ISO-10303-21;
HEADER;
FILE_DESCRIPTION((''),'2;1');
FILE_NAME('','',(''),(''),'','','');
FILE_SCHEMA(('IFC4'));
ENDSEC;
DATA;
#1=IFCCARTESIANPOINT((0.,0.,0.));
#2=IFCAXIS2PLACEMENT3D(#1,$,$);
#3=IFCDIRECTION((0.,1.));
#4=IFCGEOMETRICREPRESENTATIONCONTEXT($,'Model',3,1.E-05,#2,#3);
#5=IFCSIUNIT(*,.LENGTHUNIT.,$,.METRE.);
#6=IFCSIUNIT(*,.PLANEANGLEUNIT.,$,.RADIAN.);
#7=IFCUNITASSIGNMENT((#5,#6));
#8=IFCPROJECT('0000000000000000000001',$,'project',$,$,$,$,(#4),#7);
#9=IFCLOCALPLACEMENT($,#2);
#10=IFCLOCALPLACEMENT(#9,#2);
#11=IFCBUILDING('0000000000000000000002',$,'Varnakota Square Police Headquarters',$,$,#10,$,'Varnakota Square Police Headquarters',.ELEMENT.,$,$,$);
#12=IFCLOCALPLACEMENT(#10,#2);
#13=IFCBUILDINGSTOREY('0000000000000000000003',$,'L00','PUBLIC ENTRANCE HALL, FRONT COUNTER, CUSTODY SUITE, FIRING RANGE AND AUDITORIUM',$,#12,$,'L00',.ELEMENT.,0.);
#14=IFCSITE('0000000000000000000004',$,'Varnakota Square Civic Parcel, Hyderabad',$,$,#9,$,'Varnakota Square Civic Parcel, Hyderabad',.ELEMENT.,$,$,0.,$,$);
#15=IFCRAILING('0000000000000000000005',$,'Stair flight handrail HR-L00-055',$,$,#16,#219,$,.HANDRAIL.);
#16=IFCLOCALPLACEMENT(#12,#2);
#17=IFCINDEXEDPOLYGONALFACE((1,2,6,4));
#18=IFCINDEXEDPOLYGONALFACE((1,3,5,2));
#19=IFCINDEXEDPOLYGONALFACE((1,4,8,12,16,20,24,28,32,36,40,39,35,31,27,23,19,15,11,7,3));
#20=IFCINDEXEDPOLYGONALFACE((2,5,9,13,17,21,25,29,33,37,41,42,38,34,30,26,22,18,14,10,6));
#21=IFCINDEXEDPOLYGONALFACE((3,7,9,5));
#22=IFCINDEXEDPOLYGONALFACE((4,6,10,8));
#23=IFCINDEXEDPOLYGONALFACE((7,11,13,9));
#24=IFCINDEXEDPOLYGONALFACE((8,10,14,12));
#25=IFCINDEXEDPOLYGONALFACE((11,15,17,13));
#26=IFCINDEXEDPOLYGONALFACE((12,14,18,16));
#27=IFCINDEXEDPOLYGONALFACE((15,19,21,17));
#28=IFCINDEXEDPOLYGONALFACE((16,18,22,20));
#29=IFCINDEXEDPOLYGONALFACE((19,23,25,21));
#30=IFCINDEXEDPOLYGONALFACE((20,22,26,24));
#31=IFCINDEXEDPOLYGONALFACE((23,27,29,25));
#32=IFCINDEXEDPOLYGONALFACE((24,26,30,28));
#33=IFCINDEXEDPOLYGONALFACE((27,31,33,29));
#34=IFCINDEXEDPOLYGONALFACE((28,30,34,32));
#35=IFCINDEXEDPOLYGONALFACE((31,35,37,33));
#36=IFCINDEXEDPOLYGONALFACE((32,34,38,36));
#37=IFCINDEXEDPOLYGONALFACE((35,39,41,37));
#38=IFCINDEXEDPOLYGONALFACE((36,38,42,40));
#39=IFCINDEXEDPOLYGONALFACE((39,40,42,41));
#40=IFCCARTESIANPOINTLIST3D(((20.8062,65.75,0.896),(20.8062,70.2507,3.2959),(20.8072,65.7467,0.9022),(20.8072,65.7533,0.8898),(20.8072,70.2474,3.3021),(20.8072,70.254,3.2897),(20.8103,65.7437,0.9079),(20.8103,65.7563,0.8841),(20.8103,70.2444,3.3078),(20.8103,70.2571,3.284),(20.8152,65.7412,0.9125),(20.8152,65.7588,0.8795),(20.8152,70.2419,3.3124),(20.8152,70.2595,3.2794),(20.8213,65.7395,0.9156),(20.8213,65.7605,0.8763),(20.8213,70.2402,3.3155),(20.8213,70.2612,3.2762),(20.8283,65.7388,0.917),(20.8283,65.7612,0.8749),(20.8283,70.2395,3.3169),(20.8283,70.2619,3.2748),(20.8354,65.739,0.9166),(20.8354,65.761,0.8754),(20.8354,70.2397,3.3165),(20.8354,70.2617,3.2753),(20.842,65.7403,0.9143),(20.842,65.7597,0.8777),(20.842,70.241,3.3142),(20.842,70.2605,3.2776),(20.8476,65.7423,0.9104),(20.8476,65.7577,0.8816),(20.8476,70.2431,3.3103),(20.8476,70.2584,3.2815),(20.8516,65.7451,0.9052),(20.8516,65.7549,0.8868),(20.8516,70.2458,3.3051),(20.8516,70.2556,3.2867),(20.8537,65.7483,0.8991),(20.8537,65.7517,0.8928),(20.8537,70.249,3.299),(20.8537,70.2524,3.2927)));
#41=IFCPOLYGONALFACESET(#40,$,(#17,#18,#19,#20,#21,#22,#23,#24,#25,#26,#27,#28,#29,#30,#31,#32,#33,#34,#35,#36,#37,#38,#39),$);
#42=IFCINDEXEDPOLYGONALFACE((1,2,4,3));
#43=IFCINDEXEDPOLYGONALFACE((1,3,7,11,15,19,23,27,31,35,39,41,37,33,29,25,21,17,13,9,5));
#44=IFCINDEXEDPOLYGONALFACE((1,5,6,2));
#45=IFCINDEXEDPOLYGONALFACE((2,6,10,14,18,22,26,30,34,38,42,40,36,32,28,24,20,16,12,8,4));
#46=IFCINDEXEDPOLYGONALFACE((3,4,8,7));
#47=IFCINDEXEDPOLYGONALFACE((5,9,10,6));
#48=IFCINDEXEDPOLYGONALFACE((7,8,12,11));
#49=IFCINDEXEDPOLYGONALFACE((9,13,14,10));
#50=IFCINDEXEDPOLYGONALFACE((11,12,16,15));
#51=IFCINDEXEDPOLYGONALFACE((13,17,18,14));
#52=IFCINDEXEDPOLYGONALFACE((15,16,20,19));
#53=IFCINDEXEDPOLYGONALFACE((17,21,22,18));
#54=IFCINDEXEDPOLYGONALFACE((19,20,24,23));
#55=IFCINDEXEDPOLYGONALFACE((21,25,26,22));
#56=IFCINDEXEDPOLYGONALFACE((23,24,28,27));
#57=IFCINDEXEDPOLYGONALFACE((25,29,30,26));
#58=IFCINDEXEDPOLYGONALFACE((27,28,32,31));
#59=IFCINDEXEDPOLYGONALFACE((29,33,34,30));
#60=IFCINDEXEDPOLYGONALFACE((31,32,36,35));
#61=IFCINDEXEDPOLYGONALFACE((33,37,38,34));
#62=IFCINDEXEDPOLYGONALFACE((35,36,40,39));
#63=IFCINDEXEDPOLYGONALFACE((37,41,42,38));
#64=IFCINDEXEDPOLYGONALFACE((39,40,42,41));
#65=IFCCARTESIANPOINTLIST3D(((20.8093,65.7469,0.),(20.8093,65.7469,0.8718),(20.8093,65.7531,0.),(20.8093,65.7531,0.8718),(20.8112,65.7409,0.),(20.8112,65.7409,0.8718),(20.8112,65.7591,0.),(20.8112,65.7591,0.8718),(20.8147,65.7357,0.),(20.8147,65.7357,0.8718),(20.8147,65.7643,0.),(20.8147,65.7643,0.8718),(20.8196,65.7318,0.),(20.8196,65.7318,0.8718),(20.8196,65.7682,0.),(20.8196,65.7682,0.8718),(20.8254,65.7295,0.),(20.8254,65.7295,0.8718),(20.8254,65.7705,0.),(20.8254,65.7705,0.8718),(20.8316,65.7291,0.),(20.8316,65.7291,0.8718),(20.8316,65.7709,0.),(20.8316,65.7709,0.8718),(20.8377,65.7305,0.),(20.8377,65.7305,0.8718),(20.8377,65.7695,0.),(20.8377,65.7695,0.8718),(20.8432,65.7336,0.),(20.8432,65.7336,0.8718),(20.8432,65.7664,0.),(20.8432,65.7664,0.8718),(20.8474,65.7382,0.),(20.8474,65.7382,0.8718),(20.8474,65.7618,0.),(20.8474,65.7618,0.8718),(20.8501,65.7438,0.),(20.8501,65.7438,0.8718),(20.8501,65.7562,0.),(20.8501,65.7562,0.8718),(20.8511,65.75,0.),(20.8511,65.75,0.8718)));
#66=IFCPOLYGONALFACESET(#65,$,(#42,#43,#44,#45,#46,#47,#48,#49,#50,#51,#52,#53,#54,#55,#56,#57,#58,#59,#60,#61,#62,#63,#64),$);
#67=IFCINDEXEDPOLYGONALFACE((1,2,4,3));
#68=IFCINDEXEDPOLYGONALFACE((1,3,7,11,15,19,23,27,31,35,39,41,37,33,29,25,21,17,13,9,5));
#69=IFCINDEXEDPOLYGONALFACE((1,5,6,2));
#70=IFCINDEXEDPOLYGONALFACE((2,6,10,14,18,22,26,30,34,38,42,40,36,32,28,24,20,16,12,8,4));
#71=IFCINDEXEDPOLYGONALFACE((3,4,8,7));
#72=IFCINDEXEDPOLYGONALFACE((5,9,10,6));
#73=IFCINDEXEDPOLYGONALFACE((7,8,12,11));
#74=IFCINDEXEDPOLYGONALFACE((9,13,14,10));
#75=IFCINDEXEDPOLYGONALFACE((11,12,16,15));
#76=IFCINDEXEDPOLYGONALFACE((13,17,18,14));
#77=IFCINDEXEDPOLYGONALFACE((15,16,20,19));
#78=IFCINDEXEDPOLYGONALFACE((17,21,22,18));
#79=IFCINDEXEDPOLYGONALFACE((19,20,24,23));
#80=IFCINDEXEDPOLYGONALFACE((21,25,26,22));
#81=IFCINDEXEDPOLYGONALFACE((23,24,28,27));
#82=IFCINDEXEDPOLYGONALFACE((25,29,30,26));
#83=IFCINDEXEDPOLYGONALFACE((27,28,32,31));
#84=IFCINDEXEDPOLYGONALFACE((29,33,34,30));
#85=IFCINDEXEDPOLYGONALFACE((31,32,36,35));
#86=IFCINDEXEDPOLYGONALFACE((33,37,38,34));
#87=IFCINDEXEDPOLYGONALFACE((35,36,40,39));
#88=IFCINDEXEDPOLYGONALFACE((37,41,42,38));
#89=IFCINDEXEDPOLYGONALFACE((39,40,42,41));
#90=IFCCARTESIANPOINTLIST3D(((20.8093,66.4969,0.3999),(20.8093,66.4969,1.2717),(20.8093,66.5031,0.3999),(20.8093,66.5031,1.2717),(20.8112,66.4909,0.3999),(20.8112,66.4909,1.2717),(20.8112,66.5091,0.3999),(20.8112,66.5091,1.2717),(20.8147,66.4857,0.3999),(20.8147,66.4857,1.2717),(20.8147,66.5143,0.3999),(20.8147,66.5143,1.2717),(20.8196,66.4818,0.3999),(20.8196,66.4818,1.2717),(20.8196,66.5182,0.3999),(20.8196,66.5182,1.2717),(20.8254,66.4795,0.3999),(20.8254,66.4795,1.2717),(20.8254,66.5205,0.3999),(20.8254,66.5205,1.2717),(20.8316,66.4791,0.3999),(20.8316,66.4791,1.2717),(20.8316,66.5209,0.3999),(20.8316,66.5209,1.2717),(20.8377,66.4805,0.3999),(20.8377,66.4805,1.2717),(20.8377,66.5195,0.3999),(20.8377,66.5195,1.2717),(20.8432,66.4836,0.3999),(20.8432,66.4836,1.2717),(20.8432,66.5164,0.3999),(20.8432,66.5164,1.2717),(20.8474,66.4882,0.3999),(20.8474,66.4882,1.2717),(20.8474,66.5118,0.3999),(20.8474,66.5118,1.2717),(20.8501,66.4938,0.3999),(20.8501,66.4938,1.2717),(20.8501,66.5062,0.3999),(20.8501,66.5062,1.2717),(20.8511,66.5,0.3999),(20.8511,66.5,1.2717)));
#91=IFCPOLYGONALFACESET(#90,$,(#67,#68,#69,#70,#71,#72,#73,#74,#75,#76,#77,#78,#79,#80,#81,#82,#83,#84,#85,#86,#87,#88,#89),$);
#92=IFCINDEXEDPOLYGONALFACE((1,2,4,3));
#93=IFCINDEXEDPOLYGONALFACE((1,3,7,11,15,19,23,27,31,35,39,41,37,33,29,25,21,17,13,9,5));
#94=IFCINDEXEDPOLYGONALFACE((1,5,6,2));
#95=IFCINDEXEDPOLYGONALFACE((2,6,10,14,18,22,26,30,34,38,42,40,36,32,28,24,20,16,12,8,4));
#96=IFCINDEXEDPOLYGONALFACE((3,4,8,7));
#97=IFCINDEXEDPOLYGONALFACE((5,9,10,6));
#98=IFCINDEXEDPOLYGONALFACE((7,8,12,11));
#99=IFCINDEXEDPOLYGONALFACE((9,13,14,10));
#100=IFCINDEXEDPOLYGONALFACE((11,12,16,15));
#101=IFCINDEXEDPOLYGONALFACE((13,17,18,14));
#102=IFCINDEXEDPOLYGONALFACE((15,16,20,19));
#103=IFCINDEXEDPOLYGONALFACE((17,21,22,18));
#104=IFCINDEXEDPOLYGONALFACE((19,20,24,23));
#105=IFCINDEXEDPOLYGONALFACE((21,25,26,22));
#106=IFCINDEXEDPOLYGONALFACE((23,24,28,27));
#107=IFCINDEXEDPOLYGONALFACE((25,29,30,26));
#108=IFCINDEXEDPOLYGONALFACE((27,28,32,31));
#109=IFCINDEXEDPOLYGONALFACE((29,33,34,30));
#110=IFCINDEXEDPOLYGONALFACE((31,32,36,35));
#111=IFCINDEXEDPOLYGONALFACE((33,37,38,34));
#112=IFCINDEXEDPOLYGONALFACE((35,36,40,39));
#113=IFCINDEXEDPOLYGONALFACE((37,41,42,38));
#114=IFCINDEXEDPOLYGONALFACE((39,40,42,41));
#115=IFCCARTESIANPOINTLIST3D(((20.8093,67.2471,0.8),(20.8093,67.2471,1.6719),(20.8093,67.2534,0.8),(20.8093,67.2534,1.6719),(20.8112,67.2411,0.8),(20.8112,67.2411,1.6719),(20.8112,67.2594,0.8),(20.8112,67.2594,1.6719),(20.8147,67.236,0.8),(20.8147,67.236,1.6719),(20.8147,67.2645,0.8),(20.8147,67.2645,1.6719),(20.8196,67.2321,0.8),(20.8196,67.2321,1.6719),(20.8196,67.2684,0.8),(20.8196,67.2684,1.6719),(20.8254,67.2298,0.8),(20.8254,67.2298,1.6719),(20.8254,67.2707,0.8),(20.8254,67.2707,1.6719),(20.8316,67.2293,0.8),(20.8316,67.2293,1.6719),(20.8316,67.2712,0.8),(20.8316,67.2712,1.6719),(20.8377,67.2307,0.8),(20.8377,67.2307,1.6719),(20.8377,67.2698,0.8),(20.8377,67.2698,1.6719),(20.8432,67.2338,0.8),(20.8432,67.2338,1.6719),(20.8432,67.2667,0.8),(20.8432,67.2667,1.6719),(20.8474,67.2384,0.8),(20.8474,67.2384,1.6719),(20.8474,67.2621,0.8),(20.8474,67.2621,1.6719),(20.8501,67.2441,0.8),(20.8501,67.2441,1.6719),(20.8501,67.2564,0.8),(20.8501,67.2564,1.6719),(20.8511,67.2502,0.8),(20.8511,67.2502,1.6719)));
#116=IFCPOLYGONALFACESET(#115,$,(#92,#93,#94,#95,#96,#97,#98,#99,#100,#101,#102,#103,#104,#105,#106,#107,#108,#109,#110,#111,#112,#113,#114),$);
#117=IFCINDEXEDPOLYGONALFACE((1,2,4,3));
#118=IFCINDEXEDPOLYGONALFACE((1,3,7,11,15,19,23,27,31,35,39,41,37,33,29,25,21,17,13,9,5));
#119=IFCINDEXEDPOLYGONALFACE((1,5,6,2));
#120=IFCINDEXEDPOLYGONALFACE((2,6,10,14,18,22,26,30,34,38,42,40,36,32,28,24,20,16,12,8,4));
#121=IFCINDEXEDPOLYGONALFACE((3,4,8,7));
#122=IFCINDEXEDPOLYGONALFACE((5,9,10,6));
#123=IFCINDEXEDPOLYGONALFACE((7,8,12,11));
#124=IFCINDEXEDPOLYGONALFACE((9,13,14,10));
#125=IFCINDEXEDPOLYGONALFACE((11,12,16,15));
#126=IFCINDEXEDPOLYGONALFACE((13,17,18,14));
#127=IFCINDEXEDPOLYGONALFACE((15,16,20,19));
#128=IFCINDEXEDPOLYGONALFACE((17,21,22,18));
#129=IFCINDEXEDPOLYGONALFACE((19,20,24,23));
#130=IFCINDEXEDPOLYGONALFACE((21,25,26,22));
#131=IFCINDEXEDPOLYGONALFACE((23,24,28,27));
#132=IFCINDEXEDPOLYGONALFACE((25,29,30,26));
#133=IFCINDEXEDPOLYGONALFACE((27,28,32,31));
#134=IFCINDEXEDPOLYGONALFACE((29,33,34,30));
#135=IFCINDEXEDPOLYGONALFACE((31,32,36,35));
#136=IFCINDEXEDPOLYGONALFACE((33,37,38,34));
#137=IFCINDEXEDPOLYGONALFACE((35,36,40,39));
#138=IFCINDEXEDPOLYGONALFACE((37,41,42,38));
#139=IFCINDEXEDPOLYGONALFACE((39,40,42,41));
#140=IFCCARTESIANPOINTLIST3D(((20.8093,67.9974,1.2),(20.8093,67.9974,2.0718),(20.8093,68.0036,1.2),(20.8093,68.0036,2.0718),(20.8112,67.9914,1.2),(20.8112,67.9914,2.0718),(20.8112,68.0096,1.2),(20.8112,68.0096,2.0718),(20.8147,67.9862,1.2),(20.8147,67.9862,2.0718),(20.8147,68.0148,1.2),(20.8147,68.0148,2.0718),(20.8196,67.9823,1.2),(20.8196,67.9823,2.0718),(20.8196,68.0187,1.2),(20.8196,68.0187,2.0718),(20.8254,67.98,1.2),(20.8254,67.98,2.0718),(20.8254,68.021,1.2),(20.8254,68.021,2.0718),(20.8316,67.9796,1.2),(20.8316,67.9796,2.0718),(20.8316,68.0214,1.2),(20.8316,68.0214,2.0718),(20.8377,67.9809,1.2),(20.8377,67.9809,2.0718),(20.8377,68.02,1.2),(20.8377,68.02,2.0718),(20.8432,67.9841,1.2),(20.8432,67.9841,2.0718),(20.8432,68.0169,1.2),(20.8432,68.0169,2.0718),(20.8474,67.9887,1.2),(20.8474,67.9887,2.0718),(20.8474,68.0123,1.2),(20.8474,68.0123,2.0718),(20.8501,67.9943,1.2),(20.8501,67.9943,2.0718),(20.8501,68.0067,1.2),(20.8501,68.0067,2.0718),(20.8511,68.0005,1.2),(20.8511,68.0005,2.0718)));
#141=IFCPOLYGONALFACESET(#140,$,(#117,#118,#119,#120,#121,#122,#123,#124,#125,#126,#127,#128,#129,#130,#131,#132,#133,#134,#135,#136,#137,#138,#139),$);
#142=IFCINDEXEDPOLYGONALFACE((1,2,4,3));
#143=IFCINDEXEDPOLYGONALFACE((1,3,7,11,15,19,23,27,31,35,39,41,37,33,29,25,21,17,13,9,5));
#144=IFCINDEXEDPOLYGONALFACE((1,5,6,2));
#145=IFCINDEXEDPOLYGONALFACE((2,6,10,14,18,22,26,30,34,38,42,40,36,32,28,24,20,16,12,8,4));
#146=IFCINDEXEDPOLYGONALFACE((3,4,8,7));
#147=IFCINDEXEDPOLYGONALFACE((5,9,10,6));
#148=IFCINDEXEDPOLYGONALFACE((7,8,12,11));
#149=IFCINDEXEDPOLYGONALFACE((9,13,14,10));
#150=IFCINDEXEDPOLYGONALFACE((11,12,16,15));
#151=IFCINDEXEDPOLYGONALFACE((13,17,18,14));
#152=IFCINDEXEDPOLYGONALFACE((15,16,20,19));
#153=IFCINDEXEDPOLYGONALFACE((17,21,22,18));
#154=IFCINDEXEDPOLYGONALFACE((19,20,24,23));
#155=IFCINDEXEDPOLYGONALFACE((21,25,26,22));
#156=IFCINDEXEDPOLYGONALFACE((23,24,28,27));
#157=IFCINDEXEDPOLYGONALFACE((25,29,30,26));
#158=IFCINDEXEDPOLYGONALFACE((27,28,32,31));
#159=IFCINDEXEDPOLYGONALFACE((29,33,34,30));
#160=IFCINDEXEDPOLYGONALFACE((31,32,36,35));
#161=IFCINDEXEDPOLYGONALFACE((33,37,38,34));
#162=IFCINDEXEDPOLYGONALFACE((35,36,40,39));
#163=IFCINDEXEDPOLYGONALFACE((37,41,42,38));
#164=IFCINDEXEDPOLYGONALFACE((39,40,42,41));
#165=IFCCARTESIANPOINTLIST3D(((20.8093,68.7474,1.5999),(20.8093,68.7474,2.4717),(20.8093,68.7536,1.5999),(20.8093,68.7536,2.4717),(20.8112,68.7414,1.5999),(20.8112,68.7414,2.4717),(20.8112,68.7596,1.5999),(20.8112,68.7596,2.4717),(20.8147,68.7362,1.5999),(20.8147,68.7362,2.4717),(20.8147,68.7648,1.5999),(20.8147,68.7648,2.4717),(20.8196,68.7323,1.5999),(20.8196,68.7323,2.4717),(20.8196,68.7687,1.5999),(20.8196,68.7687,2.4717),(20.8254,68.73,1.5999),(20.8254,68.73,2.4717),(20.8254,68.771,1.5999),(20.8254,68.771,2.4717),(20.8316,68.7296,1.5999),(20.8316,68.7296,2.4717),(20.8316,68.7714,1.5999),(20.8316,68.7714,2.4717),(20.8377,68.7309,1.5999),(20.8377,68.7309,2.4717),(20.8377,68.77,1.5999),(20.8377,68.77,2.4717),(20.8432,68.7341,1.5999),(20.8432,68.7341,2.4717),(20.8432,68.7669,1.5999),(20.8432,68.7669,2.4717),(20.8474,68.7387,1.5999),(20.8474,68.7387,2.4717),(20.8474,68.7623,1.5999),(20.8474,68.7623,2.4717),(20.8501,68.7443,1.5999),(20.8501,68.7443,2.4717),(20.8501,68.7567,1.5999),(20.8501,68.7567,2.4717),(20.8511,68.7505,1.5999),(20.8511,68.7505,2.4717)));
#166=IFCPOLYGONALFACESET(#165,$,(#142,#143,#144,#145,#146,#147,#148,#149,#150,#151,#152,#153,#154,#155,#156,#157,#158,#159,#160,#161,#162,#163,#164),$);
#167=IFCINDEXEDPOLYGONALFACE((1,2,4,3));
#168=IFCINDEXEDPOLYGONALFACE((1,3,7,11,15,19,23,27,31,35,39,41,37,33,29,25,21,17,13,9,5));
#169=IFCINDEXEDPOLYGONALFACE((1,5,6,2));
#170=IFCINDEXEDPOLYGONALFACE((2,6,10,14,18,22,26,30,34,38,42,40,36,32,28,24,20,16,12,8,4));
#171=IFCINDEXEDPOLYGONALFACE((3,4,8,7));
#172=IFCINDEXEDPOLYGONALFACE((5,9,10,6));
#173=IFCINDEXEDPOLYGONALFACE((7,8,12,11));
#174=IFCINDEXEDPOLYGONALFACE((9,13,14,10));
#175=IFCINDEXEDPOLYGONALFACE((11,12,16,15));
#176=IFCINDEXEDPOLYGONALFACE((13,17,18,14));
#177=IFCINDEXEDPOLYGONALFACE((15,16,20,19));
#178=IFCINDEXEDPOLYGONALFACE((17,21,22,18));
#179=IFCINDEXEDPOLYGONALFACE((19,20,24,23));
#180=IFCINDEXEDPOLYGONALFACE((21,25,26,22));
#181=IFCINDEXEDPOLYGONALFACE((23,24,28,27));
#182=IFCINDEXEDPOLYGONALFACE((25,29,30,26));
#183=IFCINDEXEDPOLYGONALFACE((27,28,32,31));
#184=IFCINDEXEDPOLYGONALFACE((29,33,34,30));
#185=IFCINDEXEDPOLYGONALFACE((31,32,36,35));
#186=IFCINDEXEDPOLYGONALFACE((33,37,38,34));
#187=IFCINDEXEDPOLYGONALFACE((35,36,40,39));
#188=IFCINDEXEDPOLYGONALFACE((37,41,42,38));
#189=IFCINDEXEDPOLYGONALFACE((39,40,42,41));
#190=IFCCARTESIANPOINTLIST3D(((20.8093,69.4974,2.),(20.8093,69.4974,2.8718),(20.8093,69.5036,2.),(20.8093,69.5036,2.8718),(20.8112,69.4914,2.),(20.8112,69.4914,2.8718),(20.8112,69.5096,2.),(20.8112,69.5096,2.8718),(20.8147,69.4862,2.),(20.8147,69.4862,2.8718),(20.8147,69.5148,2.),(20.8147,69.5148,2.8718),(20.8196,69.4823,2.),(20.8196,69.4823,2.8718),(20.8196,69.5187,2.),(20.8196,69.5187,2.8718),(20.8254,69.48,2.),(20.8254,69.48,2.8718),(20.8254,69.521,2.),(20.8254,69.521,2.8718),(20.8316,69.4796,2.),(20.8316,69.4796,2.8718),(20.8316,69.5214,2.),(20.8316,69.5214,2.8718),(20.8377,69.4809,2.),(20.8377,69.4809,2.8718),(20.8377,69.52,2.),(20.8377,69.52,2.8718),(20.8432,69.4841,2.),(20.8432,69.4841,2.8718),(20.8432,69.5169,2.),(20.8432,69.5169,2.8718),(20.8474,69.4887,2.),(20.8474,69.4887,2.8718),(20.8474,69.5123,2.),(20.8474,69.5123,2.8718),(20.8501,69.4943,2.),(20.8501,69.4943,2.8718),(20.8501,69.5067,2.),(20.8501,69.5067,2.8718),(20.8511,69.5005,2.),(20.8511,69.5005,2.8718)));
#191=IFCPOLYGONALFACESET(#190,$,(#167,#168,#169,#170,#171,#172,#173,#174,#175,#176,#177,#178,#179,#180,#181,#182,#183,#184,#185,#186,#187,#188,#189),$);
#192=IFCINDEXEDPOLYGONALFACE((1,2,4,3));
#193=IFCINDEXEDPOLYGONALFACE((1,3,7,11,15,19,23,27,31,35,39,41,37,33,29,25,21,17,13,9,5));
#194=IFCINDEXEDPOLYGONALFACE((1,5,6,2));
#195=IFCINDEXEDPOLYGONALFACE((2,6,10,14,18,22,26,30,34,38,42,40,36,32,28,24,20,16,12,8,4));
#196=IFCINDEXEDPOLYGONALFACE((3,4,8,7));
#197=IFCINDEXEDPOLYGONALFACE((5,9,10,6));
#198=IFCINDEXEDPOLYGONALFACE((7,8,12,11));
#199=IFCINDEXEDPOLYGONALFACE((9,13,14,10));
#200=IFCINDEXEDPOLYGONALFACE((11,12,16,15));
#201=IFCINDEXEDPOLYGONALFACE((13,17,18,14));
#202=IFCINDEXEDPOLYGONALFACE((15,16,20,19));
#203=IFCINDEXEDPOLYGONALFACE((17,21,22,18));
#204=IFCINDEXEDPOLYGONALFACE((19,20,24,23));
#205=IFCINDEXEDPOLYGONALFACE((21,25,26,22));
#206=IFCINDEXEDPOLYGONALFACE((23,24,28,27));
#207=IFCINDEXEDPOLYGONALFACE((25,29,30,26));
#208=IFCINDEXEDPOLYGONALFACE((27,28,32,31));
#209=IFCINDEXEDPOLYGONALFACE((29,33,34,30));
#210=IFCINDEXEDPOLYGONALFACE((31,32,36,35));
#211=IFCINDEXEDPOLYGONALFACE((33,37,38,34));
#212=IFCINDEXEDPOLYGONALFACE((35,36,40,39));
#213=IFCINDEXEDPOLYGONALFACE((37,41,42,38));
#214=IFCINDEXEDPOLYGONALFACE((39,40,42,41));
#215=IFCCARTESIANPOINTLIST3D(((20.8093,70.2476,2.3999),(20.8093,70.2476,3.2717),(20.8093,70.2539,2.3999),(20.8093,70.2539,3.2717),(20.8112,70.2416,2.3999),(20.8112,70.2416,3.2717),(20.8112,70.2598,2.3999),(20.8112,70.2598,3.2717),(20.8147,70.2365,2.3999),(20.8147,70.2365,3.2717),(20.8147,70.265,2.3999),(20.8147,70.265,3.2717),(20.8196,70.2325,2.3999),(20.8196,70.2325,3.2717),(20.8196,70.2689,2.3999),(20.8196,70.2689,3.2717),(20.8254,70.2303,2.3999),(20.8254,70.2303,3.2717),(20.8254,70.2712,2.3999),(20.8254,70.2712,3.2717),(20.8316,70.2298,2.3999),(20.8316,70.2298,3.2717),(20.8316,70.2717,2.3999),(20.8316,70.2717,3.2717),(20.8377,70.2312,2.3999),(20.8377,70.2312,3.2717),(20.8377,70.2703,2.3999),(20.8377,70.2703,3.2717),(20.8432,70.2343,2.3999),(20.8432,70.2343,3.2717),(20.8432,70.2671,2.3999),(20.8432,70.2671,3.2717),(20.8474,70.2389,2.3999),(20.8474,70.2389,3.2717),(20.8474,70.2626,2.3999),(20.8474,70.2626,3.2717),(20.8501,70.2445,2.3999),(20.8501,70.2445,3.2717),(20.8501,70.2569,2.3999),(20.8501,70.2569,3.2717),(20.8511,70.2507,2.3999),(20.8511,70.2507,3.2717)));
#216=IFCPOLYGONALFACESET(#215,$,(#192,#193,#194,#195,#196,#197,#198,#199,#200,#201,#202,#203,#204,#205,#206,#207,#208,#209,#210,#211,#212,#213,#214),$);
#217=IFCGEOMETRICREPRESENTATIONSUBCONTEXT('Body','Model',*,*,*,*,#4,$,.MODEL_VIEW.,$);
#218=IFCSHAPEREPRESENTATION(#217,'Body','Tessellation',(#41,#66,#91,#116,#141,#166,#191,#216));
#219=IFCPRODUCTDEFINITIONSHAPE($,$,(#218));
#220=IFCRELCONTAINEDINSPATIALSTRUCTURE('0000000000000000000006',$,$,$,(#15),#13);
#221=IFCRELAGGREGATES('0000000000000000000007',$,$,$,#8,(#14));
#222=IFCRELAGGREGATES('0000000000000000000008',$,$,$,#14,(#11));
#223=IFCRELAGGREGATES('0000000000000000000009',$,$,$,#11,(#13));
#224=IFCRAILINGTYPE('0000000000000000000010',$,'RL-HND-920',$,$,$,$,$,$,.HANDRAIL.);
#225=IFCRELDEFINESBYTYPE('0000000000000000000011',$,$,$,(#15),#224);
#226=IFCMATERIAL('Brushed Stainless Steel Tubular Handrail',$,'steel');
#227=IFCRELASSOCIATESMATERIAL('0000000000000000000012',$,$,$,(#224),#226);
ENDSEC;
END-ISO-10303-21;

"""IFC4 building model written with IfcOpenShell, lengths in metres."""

from ifc_helpers import new_model, si_unit, direction, frame, origin, origin_2d, place, context, subcontext, project, spatial, circle, extrude, material, type_object, element, save


model = new_model("IFC4")

# Units and contexts
model_context = context("Model", 3, precision=1e-05, world=origin(), true_north=direction((0.0, 1.0)))
body_context = subcontext(model_context, "Body", "Model", "MODEL_VIEW")
ifc_project = project(units=[si_unit("LENGTHUNIT", "METRE"), si_unit("PLANEANGLEUNIT", "RADIAN")], contexts=[model_context])

# Site, building, storey
site_placement = place(None, origin())
site = spatial("IfcSite", under=ifc_project, at=site_placement, Name="Varnakota Square Civic Parcel, Hyderabad", LongName="Varnakota Square Civic Parcel, Hyderabad", CompositionType="ELEMENT", RefElevation=0.0)
building_placement = place(site_placement, origin())
building = spatial("IfcBuilding", under=site, at=building_placement, Name="Varnakota Square Police Headquarters", LongName="Varnakota Square Police Headquarters", CompositionType="ELEMENT")
storey_placement = place(building_placement, origin())
storey = spatial("IfcBuildingStorey", under=building, at=storey_placement, Name="L00", Description="PUBLIC ENTRANCE HALL, FRONT COUNTER, CUSTODY SUITE, FIRING RANGE AND AUDITORIUM", LongName="L00", CompositionType="ELEMENT", Elevation=0.0)

# Railing
ifc_material_1 = material(Name="Brushed Stainless Steel Tubular Handrail", Category="steel")
railing_type_1 = type_object("IfcRailingType", Name="RL-HND-920", PredefinedType="HANDRAIL", material=ifc_material_1)
railing_1_placement = place(storey_placement, frame((20.8301, 65.75, 0.0)))
element("IfcRailing", 1, at=railing_1_placement, inside=storey, type_object=railing_type_1, Name="Stair flight handrail HR-L00-055", PredefinedType="HANDRAIL", context=body_context, shape_type="SweptSolid", body=[
    extrude(circle(Radius=0.0239, at=origin_2d()), frame((0.0, 0.0, 0.896), z_axis=(0.0, 0.882393, 0.470514), x_axis=(-1.0, 0.0, 0.0)), (0.0, 0.0, 1.0), 5.1006),
    extrude(circle(Radius=0.021, at=origin_2d()), origin(), (0.0, 0.0, 1.0), 0.8718),
    extrude(circle(Radius=0.021, at=origin_2d()), frame((0.0, 0.75, 0.3999)), (0.0, 0.0, 1.0), 0.8718),
    extrude(circle(Radius=0.021, at=origin_2d()), frame((0.0, 1.5002, 0.8)), (0.0, 0.0, 1.0), 0.8718),
    extrude(circle(Radius=0.021, at=origin_2d()), frame((0.0, 2.2505, 1.2)), (0.0, 0.0, 1.0), 0.8718),
    extrude(circle(Radius=0.021, at=origin_2d()), frame((0.0, 3.0005, 1.5999)), (0.0, 0.0, 1.0), 0.8718),
    extrude(circle(Radius=0.021, at=origin_2d()), frame((0.0, 3.7505, 2.0)), (0.0, 0.0, 1.0), 0.8718),
    extrude(circle(Radius=0.021, at=origin_2d()), frame((0.0, 4.5007, 2.3999)), (0.0, 0.0, 1.0), 0.8718),
])

save(model, "model.ifc")
